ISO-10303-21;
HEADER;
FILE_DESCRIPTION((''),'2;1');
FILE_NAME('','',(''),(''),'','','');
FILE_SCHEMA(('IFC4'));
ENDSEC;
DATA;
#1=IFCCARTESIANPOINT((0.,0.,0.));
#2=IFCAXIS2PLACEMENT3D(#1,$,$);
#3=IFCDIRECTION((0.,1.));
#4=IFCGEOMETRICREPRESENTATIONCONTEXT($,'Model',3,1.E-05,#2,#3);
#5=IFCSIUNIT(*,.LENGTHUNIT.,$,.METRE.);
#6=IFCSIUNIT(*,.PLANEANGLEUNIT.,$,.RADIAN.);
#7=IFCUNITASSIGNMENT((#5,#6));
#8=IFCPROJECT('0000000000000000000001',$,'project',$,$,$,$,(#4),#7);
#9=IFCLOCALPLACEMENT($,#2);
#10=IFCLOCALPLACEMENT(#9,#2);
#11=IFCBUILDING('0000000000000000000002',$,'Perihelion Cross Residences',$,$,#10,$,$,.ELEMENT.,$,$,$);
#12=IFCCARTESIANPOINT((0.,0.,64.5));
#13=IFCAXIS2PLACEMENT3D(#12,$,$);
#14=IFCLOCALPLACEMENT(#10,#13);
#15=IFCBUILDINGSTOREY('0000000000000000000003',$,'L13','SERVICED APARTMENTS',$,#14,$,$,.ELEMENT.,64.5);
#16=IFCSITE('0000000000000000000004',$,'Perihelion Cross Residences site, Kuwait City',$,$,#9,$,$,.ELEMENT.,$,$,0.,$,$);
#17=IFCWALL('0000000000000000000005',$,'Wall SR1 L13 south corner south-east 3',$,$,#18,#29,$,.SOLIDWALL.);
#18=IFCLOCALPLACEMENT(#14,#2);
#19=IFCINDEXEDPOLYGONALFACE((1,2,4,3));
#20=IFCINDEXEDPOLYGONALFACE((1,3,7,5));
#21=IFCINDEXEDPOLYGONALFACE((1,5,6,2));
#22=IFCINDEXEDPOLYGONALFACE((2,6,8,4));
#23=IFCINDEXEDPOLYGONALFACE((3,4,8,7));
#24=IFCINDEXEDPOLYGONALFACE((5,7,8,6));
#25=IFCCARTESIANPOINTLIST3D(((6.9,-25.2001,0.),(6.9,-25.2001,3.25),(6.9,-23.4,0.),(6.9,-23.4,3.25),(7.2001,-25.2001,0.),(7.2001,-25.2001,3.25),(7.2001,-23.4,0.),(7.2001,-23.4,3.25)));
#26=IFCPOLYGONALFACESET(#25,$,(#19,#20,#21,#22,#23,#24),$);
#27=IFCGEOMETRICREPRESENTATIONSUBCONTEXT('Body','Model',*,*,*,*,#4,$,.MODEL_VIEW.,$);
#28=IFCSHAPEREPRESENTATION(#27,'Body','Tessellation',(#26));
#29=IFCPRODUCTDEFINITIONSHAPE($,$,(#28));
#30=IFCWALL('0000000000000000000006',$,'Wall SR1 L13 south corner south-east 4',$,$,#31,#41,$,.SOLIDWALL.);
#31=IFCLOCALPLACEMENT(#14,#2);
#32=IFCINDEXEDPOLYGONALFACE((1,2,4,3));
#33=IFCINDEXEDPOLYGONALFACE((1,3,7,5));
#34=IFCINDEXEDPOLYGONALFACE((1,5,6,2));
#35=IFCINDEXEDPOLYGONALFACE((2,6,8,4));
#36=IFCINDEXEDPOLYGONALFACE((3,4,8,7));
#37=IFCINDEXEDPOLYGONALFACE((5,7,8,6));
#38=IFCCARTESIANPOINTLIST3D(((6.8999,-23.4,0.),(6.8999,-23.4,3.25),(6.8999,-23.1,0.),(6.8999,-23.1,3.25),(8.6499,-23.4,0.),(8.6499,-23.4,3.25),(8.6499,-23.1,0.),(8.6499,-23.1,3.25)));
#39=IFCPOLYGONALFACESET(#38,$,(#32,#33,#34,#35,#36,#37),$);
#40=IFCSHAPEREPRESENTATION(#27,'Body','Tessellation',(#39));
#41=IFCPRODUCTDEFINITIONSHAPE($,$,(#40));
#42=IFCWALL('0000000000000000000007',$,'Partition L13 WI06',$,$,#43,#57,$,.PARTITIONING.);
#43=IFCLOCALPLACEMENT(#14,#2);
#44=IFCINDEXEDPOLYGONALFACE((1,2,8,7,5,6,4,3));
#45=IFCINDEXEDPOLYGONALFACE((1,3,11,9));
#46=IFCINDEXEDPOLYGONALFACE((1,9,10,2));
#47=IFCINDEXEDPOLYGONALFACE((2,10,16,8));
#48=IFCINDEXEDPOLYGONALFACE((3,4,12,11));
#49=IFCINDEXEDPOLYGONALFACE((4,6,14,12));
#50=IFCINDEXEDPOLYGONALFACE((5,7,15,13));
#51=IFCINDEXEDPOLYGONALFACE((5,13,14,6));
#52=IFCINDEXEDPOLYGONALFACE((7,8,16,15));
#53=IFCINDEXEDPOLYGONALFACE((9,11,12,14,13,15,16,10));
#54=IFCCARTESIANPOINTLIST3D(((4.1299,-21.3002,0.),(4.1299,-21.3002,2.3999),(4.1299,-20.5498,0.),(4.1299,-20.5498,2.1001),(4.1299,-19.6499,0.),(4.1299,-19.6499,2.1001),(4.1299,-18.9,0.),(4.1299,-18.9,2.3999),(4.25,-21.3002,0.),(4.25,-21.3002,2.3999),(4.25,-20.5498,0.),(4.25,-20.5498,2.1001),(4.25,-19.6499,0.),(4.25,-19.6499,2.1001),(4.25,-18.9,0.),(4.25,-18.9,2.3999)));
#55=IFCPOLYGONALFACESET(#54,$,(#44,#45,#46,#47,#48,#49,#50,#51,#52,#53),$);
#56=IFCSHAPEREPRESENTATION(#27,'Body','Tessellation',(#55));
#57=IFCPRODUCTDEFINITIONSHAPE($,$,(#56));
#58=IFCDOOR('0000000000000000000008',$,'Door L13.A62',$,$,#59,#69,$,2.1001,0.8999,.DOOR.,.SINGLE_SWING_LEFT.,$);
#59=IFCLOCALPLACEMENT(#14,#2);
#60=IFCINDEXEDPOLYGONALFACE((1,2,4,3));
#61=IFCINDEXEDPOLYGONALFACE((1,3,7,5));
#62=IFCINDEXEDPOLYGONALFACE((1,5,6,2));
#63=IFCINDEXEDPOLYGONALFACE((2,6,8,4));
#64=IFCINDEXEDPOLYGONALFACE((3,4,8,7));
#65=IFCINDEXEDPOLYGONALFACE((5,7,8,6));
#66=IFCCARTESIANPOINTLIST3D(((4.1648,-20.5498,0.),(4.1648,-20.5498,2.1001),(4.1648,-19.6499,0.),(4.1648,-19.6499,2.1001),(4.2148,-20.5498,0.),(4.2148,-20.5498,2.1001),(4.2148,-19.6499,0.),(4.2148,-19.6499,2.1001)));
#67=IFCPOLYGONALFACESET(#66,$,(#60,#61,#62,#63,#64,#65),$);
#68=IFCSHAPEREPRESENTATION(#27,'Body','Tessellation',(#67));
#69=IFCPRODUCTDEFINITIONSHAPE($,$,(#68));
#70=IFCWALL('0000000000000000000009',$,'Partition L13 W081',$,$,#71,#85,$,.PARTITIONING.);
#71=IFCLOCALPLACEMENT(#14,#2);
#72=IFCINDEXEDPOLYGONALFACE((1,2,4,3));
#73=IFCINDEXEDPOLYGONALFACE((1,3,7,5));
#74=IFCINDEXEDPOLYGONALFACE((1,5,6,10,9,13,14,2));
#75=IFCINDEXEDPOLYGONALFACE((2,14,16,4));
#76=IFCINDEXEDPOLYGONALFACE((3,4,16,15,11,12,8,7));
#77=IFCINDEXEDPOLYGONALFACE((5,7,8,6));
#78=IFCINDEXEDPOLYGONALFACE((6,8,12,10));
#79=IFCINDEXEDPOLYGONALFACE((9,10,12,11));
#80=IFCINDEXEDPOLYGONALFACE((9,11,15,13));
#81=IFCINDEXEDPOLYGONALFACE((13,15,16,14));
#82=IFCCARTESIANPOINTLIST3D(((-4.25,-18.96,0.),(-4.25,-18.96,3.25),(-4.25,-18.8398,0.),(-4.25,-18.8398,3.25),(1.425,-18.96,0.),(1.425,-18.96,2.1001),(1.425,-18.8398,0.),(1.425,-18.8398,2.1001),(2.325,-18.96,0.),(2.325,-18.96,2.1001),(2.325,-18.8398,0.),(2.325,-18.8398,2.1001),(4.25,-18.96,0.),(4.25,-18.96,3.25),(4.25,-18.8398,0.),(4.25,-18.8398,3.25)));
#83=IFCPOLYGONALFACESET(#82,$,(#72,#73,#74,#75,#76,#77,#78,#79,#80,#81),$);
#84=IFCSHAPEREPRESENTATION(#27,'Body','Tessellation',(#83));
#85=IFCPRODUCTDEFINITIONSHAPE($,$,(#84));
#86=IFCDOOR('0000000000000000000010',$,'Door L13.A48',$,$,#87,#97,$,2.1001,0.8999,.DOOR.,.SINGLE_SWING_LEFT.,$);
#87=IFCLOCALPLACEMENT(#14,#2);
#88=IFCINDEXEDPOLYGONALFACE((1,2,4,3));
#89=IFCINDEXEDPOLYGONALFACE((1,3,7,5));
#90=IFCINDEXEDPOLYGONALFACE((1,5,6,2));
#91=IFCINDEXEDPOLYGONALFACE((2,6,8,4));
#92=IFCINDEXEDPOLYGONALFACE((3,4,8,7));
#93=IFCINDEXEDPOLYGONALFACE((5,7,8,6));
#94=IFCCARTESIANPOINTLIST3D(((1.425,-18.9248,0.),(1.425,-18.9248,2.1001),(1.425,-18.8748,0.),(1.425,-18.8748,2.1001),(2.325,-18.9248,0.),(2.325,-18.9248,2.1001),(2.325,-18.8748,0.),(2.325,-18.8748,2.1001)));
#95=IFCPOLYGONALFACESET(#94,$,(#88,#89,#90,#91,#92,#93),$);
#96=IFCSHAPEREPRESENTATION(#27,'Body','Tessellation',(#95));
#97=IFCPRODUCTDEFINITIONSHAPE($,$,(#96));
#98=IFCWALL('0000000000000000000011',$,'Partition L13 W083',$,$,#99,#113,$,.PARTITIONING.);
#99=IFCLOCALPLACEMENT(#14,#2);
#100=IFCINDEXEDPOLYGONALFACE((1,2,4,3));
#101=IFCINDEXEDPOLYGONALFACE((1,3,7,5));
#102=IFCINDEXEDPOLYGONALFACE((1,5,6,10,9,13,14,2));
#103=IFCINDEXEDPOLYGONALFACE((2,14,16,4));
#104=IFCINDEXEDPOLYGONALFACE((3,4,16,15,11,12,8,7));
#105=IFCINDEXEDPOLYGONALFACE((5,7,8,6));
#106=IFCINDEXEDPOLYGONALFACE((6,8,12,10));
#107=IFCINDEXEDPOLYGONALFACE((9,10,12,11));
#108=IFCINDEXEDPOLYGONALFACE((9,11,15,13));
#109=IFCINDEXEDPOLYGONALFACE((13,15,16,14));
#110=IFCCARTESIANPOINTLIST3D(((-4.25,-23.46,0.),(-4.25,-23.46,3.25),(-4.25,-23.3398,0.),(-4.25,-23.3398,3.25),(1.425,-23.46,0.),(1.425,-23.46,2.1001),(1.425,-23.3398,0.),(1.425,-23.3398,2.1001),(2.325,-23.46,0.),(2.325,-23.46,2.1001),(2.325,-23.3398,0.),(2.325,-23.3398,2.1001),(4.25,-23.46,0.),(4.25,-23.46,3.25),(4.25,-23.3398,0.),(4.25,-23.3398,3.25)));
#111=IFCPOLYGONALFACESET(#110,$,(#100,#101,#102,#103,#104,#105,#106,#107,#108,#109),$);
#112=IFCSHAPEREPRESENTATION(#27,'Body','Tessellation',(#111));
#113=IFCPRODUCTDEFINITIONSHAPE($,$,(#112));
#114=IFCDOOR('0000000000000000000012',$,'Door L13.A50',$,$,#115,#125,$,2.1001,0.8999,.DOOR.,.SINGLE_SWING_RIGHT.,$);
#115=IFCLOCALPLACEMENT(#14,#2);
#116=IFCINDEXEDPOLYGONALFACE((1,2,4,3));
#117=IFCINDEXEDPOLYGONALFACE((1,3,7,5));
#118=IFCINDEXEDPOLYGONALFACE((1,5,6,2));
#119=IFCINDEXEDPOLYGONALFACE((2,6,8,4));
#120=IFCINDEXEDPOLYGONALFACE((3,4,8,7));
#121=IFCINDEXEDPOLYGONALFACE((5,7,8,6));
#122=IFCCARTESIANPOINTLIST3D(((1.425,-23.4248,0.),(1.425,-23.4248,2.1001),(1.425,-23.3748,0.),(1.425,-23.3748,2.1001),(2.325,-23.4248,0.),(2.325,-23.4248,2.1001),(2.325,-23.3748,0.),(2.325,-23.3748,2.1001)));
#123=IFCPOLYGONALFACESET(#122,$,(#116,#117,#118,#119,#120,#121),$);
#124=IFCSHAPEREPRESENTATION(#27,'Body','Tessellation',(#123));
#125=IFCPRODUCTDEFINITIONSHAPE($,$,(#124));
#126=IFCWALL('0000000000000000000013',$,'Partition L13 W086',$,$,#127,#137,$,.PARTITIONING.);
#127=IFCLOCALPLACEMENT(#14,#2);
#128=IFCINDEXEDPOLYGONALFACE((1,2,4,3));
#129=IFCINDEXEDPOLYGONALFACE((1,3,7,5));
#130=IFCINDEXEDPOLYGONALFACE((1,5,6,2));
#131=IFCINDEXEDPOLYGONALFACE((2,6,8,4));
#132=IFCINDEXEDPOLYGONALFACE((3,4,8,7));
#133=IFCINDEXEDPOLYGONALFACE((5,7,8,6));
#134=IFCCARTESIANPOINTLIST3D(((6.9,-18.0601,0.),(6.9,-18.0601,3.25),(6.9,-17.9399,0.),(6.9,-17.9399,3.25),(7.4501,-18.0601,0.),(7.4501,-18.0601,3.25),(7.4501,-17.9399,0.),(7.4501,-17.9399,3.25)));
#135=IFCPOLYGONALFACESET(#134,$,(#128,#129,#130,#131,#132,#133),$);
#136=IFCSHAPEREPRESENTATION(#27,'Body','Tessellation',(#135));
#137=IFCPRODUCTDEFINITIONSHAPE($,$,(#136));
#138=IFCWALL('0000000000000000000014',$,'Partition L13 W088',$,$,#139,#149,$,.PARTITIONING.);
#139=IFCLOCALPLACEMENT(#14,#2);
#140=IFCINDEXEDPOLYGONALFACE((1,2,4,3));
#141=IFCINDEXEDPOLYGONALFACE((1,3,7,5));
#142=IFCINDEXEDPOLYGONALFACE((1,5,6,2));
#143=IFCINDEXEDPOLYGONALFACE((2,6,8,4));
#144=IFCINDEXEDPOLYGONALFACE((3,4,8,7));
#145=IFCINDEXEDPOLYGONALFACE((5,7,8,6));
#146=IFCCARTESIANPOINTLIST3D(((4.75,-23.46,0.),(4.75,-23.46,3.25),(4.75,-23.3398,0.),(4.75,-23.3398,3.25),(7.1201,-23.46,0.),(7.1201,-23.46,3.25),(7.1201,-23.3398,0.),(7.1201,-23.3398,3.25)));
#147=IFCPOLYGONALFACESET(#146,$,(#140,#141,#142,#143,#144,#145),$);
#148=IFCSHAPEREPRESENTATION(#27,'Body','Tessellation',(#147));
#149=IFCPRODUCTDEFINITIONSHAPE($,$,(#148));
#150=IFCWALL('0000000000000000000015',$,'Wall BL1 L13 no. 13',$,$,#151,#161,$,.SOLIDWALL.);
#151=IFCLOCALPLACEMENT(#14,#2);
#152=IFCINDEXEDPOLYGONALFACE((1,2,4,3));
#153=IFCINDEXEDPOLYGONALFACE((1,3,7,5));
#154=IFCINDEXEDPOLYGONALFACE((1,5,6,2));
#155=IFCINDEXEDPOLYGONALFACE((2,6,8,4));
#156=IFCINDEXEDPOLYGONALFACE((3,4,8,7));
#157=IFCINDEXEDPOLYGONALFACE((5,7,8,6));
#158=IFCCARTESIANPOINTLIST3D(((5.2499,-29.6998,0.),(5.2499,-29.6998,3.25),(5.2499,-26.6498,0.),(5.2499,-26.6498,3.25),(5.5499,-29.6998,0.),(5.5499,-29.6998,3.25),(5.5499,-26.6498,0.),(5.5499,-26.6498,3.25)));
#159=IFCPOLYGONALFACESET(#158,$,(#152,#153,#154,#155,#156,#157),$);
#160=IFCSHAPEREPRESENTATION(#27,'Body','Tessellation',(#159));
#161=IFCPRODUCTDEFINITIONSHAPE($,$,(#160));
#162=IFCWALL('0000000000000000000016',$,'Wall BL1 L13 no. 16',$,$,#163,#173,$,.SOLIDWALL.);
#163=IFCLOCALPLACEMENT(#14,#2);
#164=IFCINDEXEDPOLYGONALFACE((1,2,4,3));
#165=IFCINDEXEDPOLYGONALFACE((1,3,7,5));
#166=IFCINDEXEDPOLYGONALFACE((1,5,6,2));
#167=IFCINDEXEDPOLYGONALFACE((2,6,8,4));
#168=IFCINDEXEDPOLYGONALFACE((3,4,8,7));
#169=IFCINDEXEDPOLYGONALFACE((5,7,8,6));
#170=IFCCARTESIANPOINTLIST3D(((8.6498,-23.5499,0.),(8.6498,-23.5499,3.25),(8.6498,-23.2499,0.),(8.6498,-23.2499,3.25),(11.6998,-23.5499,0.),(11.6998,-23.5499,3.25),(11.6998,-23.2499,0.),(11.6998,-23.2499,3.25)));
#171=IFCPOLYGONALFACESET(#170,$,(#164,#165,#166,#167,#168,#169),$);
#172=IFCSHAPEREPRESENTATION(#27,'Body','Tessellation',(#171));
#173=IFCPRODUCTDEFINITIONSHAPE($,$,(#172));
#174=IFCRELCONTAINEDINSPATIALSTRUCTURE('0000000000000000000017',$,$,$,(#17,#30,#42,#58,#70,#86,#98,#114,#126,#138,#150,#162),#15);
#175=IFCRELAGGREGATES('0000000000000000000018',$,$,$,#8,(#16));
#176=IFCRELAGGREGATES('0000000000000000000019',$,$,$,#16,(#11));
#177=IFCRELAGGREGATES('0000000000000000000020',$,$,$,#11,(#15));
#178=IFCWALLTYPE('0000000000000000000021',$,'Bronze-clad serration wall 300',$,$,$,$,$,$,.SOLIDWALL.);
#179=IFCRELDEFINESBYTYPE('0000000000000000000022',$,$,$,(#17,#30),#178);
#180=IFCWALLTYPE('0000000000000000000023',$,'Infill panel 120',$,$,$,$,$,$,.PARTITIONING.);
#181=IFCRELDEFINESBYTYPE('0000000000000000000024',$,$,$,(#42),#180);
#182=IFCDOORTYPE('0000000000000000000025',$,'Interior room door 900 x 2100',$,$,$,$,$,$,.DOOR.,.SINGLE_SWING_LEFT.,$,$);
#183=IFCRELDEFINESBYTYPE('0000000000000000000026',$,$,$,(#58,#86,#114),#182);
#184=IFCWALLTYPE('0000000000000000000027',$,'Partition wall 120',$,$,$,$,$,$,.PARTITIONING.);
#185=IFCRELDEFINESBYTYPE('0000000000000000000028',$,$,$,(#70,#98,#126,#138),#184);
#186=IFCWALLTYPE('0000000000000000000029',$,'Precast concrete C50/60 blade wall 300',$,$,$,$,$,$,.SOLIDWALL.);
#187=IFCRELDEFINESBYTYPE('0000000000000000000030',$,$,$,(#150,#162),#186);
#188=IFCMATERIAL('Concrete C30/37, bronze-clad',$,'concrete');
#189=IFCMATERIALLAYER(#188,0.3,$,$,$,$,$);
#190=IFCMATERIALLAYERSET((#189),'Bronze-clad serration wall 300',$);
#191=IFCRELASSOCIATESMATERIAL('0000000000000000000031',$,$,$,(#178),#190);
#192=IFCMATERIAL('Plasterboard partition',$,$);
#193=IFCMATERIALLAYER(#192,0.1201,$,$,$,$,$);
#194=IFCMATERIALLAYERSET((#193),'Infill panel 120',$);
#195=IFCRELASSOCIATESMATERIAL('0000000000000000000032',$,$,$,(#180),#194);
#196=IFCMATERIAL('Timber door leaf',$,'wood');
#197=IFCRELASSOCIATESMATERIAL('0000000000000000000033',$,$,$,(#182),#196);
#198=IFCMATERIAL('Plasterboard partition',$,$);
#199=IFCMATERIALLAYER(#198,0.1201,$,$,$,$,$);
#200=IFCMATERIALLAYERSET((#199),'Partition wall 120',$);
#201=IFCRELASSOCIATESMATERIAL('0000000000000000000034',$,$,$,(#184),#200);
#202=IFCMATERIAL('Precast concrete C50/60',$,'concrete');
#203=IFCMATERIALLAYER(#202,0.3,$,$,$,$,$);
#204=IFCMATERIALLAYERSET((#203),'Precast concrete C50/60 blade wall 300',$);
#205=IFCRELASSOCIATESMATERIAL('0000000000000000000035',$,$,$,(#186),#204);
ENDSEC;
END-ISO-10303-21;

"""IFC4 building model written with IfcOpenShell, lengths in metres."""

from ifc_helpers import new_model, si_unit, direction, frame, frame_2d, origin, place, context, subcontext, project, spatial, rectangle, extrude, material, layer, layer_set, type_object, element, fill, save


model = new_model("IFC4")

# Units and contexts
model_context = context("Model", 3, precision=1e-05, world=origin(), true_north=direction((0.0, 1.0)))
body_context = subcontext(model_context, "Body", "Model", "MODEL_VIEW")
ifc_project = project(units=[si_unit("LENGTHUNIT", "METRE"), si_unit("PLANEANGLEUNIT", "RADIAN")], contexts=[model_context])

# Site, building, storey
site_placement = place(None, origin())
site = spatial("IfcSite", under=ifc_project, at=site_placement, Name="Perihelion Cross Residences site, Kuwait City", CompositionType="ELEMENT", RefElevation=0.0)
building_placement = place(site_placement, origin())
building = spatial("IfcBuilding", under=site, at=building_placement, Name="Perihelion Cross Residences", CompositionType="ELEMENT")
storey_placement = place(building_placement, frame((0.0, 0.0, 64.5)))
storey = spatial("IfcBuildingStorey", under=building, at=storey_placement, Name="L13", Description="SERVICED APARTMENTS", CompositionType="ELEMENT", Elevation=64.5)

# Walls
ifc_material_1 = material(Name="Concrete C30/37, bronze-clad", Category="concrete")
ifc_layer_1 = layer(ifc_material_1, 0.3)
ifc_layer_set_1 = layer_set([ifc_layer_1], Name="Bronze-clad serration wall 300")
wall_type_1 = type_object("IfcWallType", Name="Bronze-clad serration wall 300", PredefinedType="SOLIDWALL", material=ifc_layer_set_1)
wall_1_placement = place(storey_placement, frame((7.05, -25.2, 0.0), z_axis=(0.0, 0.0, 1.0), x_axis=(0.0, 1.0, 0.0)))
element("IfcWall", 1, at=wall_1_placement, inside=storey, type_object=wall_type_1, Name="Wall SR1 L13 south corner south-east 3", PredefinedType="SOLIDWALL", context=body_context, shape_type="SweptSolid", body=[
    extrude(rectangle(XDim=1.8, YDim=0.3, at=frame_2d((0.8999, 0.0))), origin(), (0.0, 0.0, 1.0), 3.25),
])
wall_2_placement = place(storey_placement, frame((6.8999, -23.25, 0.0), z_axis=(0.0, 0.0, 1.0), x_axis=(1.0, 0.0, 0.0)))
element("IfcWall", 2, at=wall_2_placement, inside=storey, type_object=wall_type_1, Name="Wall SR1 L13 south corner south-east 4", PredefinedType="SOLIDWALL", context=body_context, shape_type="SweptSolid", body=[
    extrude(rectangle(XDim=1.75, YDim=0.3, at=frame_2d((0.875, 0.0))), origin(), (0.0, 0.0, 1.0), 3.25),
])

# Walls, openings, doors
ifc_material_2 = material(Name="Plasterboard partition")
ifc_layer_2 = layer(ifc_material_2, 0.1201)
ifc_layer_set_2 = layer_set([ifc_layer_2], Name="Infill panel 120")
wall_type_2 = type_object("IfcWallType", Name="Infill panel 120", PredefinedType="PARTITIONING", material=ifc_layer_set_2)
wall_3_placement = place(storey_placement, frame((4.1899, -18.8999, 0.0), z_axis=(0.0, 0.0, 1.0), x_axis=(0.0, -1.0, 0.0)))
wall_3 = element("IfcWall", 3, at=wall_3_placement, inside=storey, type_object=wall_type_2, Name="Partition L13 WI06", PredefinedType="PARTITIONING", context=body_context, shape_type="SweptSolid", body=[
    extrude(rectangle(XDim=2.4001, YDim=0.1201, at=frame_2d((1.2002, 0.0))), origin(), (0.0, 0.0, 1.0), 2.3999),
])
opening_1_placement = place(wall_3_placement, frame((0.75, 0.0, 0.0)))
opening_1 = element("IfcOpeningElement", 4, at=opening_1_placement, cuts=wall_3, PredefinedType="OPENING", context=body_context, shape_type="SweptSolid", body=[
    extrude(rectangle(XDim=0.8999, YDim=2.1001, at=frame_2d((0.45, 1.05))), frame((0.0, 0.0701, 0.0), z_axis=(0.0, -1.0, 0.0), x_axis=(1.0, 0.0, 0.0)), (0.0, 0.0, 1.0), 0.1401),
])
ifc_material_3 = material(Name="Timber door leaf", Category="wood")
door_type_1 = type_object("IfcDoorType", Name="Interior room door 900 x 2100", OperationType="SINGLE_SWING_LEFT", PredefinedType="DOOR", material=ifc_material_3)
door_1_placement = place(opening_1_placement, origin())
door_1 = element("IfcDoor", 5, at=door_1_placement, inside=storey, type_object=door_type_1, Name="Door L13.A62", OperationType="SINGLE_SWING_LEFT", OverallHeight=2.1001, OverallWidth=0.8999, PredefinedType="DOOR", context=body_context, shape_type="SweptSolid", body=[
    extrude(rectangle(XDim=0.8999, YDim=2.1001, at=frame_2d((0.45, 1.05))), frame((0.0, 0.0249, 0.0), z_axis=(0.0, -1.0, 0.0), x_axis=(1.0, 0.0, 0.0)), (0.0, 0.0, 1.0), 0.05),
])
fill(opening_1, door_1)
ifc_material_4 = material(Name="Plasterboard partition")
ifc_layer_3 = layer(ifc_material_4, 0.1201)
ifc_layer_set_3 = layer_set([ifc_layer_3], Name="Partition wall 120")
wall_type_3 = type_object("IfcWallType", Name="Partition wall 120", PredefinedType="PARTITIONING", material=ifc_layer_set_3)
wall_4_placement = place(storey_placement, frame((4.25, -18.8999, 0.0), z_axis=(0.0, 0.0, 1.0), x_axis=(-1.0, 0.0, 0.0)))
wall_4 = element("IfcWall", 6, at=wall_4_placement, inside=storey, type_object=wall_type_3, Name="Partition L13 W081", PredefinedType="PARTITIONING", context=body_context, shape_type="SweptSolid", body=[
    extrude(rectangle(XDim=8.5, YDim=0.1201, at=frame_2d((4.25, 0.0))), origin(), (0.0, 0.0, 1.0), 3.25),
])
opening_2_placement = place(wall_4_placement, frame((1.925, 0.0, 0.0)))
opening_2 = element("IfcOpeningElement", 7, at=opening_2_placement, cuts=wall_4, PredefinedType="OPENING", context=body_context, shape_type="SweptSolid", body=[
    extrude(rectangle(XDim=0.8999, YDim=2.1001, at=frame_2d((0.45, 1.05))), frame((0.0, 0.0701, 0.0), z_axis=(0.0, -1.0, 0.0), x_axis=(1.0, 0.0, 0.0)), (0.0, 0.0, 1.0), 0.1401),
])
door_2_placement = place(opening_2_placement, origin())
door_2 = element("IfcDoor", 8, at=door_2_placement, inside=storey, type_object=door_type_1, Name="Door L13.A48", OperationType="SINGLE_SWING_LEFT", OverallHeight=2.1001, OverallWidth=0.8999, PredefinedType="DOOR", context=body_context, shape_type="SweptSolid", body=[
    extrude(rectangle(XDim=0.8999, YDim=2.1001, at=frame_2d((0.45, 1.05))), frame((0.0, 0.0249, 0.0), z_axis=(0.0, -1.0, 0.0), x_axis=(1.0, 0.0, 0.0)), (0.0, 0.0, 1.0), 0.05),
])
fill(opening_2, door_2)
wall_5_placement = place(storey_placement, frame((4.25, -23.3999, 0.0), z_axis=(0.0, 0.0, 1.0), x_axis=(-1.0, 0.0, 0.0)))
wall_5 = element("IfcWall", 9, at=wall_5_placement, inside=storey, type_object=wall_type_3, Name="Partition L13 W083", PredefinedType="PARTITIONING", context=body_context, shape_type="SweptSolid", body=[
    extrude(rectangle(XDim=8.5, YDim=0.1201, at=frame_2d((4.25, 0.0))), origin(), (0.0, 0.0, 1.0), 3.25),
])
opening_3_placement = place(wall_5_placement, frame((1.925, 0.0, 0.0)))
opening_3 = element("IfcOpeningElement", 10, at=opening_3_placement, cuts=wall_5, PredefinedType="OPENING", context=body_context, shape_type="SweptSolid", body=[
    extrude(rectangle(XDim=0.8999, YDim=2.1001, at=frame_2d((0.45, 1.05))), frame((0.0, 0.0701, 0.0), z_axis=(0.0, -1.0, 0.0), x_axis=(1.0, 0.0, 0.0)), (0.0, 0.0, 1.0), 0.1401),
])
door_3_placement = place(opening_3_placement, origin())
door_3 = element("IfcDoor", 11, at=door_3_placement, inside=storey, type_object=door_type_1, Name="Door L13.A50", OperationType="SINGLE_SWING_RIGHT", OverallHeight=2.1001, OverallWidth=0.8999, PredefinedType="DOOR", context=body_context, shape_type="SweptSolid", body=[
    extrude(rectangle(XDim=0.8999, YDim=2.1001, at=frame_2d((0.45, 1.05))), frame((0.0, 0.0249, 0.0), z_axis=(0.0, -1.0, 0.0), x_axis=(1.0, 0.0, 0.0)), (0.0, 0.0, 1.0), 0.05),
])
fill(opening_3, door_3)

# Walls
wall_6_placement = place(storey_placement, frame((7.45, -18.0, 0.0), z_axis=(0.0, 0.0, 1.0), x_axis=(-1.0, 0.0, 0.0)))
element("IfcWall", 12, at=wall_6_placement, inside=storey, type_object=wall_type_3, Name="Partition L13 W086", PredefinedType="PARTITIONING", context=body_context, shape_type="SweptSolid", body=[
    extrude(rectangle(XDim=0.55, YDim=0.1201, at=frame_2d((0.2749, 0.0))), origin(), (0.0, 0.0, 1.0), 3.25),
])
wall_7_placement = place(storey_placement, frame((7.1201, -23.3999, 0.0), z_axis=(0.0, 0.0, 1.0), x_axis=(-1.0, 0.0, 0.0)))
element("IfcWall", 13, at=wall_7_placement, inside=storey, type_object=wall_type_3, Name="Partition L13 W088", PredefinedType="PARTITIONING", context=body_context, shape_type="SweptSolid", body=[
    extrude(rectangle(XDim=2.3701, YDim=0.1201, at=frame_2d((1.1851, 0.0))), origin(), (0.0, 0.0, 1.0), 3.25),
])
ifc_material_5 = material(Name="Precast concrete C50/60", Category="concrete")
ifc_layer_4 = layer(ifc_material_5, 0.3)
ifc_layer_set_4 = layer_set([ifc_layer_4], Name="Precast concrete C50/60 blade wall 300")
wall_type_4 = type_object("IfcWallType", Name="Precast concrete C50/60 blade wall 300", PredefinedType="SOLIDWALL", material=ifc_layer_set_4)
for number, where, z_axis, x_axis, name in (
    (14, (5.3999, -26.6499, 0.0), (0.0, 0.0, 1.0), (0.0, -1.0, 0.0), "Wall BL1 L13 no. 13"),
    (15, (8.6499, -23.3999, 0.0), (0.0, 0.0, 1.0), (1.0, 0.0, 0.0), "Wall BL1 L13 no. 16"),
):
    element("IfcWall", number, at=place(storey_placement, frame(where, z_axis=z_axis, x_axis=x_axis)), inside=storey, type_object=wall_type_4, Name=name, PredefinedType="SOLIDWALL", context=body_context, shape_type="SweptSolid", body=[
        extrude(rectangle(XDim=3.05, YDim=0.3, at=frame_2d((1.5249, 0.0))), origin(), (0.0, 0.0, 1.0), 3.25),
    ])

save(model, "model.ifc")
